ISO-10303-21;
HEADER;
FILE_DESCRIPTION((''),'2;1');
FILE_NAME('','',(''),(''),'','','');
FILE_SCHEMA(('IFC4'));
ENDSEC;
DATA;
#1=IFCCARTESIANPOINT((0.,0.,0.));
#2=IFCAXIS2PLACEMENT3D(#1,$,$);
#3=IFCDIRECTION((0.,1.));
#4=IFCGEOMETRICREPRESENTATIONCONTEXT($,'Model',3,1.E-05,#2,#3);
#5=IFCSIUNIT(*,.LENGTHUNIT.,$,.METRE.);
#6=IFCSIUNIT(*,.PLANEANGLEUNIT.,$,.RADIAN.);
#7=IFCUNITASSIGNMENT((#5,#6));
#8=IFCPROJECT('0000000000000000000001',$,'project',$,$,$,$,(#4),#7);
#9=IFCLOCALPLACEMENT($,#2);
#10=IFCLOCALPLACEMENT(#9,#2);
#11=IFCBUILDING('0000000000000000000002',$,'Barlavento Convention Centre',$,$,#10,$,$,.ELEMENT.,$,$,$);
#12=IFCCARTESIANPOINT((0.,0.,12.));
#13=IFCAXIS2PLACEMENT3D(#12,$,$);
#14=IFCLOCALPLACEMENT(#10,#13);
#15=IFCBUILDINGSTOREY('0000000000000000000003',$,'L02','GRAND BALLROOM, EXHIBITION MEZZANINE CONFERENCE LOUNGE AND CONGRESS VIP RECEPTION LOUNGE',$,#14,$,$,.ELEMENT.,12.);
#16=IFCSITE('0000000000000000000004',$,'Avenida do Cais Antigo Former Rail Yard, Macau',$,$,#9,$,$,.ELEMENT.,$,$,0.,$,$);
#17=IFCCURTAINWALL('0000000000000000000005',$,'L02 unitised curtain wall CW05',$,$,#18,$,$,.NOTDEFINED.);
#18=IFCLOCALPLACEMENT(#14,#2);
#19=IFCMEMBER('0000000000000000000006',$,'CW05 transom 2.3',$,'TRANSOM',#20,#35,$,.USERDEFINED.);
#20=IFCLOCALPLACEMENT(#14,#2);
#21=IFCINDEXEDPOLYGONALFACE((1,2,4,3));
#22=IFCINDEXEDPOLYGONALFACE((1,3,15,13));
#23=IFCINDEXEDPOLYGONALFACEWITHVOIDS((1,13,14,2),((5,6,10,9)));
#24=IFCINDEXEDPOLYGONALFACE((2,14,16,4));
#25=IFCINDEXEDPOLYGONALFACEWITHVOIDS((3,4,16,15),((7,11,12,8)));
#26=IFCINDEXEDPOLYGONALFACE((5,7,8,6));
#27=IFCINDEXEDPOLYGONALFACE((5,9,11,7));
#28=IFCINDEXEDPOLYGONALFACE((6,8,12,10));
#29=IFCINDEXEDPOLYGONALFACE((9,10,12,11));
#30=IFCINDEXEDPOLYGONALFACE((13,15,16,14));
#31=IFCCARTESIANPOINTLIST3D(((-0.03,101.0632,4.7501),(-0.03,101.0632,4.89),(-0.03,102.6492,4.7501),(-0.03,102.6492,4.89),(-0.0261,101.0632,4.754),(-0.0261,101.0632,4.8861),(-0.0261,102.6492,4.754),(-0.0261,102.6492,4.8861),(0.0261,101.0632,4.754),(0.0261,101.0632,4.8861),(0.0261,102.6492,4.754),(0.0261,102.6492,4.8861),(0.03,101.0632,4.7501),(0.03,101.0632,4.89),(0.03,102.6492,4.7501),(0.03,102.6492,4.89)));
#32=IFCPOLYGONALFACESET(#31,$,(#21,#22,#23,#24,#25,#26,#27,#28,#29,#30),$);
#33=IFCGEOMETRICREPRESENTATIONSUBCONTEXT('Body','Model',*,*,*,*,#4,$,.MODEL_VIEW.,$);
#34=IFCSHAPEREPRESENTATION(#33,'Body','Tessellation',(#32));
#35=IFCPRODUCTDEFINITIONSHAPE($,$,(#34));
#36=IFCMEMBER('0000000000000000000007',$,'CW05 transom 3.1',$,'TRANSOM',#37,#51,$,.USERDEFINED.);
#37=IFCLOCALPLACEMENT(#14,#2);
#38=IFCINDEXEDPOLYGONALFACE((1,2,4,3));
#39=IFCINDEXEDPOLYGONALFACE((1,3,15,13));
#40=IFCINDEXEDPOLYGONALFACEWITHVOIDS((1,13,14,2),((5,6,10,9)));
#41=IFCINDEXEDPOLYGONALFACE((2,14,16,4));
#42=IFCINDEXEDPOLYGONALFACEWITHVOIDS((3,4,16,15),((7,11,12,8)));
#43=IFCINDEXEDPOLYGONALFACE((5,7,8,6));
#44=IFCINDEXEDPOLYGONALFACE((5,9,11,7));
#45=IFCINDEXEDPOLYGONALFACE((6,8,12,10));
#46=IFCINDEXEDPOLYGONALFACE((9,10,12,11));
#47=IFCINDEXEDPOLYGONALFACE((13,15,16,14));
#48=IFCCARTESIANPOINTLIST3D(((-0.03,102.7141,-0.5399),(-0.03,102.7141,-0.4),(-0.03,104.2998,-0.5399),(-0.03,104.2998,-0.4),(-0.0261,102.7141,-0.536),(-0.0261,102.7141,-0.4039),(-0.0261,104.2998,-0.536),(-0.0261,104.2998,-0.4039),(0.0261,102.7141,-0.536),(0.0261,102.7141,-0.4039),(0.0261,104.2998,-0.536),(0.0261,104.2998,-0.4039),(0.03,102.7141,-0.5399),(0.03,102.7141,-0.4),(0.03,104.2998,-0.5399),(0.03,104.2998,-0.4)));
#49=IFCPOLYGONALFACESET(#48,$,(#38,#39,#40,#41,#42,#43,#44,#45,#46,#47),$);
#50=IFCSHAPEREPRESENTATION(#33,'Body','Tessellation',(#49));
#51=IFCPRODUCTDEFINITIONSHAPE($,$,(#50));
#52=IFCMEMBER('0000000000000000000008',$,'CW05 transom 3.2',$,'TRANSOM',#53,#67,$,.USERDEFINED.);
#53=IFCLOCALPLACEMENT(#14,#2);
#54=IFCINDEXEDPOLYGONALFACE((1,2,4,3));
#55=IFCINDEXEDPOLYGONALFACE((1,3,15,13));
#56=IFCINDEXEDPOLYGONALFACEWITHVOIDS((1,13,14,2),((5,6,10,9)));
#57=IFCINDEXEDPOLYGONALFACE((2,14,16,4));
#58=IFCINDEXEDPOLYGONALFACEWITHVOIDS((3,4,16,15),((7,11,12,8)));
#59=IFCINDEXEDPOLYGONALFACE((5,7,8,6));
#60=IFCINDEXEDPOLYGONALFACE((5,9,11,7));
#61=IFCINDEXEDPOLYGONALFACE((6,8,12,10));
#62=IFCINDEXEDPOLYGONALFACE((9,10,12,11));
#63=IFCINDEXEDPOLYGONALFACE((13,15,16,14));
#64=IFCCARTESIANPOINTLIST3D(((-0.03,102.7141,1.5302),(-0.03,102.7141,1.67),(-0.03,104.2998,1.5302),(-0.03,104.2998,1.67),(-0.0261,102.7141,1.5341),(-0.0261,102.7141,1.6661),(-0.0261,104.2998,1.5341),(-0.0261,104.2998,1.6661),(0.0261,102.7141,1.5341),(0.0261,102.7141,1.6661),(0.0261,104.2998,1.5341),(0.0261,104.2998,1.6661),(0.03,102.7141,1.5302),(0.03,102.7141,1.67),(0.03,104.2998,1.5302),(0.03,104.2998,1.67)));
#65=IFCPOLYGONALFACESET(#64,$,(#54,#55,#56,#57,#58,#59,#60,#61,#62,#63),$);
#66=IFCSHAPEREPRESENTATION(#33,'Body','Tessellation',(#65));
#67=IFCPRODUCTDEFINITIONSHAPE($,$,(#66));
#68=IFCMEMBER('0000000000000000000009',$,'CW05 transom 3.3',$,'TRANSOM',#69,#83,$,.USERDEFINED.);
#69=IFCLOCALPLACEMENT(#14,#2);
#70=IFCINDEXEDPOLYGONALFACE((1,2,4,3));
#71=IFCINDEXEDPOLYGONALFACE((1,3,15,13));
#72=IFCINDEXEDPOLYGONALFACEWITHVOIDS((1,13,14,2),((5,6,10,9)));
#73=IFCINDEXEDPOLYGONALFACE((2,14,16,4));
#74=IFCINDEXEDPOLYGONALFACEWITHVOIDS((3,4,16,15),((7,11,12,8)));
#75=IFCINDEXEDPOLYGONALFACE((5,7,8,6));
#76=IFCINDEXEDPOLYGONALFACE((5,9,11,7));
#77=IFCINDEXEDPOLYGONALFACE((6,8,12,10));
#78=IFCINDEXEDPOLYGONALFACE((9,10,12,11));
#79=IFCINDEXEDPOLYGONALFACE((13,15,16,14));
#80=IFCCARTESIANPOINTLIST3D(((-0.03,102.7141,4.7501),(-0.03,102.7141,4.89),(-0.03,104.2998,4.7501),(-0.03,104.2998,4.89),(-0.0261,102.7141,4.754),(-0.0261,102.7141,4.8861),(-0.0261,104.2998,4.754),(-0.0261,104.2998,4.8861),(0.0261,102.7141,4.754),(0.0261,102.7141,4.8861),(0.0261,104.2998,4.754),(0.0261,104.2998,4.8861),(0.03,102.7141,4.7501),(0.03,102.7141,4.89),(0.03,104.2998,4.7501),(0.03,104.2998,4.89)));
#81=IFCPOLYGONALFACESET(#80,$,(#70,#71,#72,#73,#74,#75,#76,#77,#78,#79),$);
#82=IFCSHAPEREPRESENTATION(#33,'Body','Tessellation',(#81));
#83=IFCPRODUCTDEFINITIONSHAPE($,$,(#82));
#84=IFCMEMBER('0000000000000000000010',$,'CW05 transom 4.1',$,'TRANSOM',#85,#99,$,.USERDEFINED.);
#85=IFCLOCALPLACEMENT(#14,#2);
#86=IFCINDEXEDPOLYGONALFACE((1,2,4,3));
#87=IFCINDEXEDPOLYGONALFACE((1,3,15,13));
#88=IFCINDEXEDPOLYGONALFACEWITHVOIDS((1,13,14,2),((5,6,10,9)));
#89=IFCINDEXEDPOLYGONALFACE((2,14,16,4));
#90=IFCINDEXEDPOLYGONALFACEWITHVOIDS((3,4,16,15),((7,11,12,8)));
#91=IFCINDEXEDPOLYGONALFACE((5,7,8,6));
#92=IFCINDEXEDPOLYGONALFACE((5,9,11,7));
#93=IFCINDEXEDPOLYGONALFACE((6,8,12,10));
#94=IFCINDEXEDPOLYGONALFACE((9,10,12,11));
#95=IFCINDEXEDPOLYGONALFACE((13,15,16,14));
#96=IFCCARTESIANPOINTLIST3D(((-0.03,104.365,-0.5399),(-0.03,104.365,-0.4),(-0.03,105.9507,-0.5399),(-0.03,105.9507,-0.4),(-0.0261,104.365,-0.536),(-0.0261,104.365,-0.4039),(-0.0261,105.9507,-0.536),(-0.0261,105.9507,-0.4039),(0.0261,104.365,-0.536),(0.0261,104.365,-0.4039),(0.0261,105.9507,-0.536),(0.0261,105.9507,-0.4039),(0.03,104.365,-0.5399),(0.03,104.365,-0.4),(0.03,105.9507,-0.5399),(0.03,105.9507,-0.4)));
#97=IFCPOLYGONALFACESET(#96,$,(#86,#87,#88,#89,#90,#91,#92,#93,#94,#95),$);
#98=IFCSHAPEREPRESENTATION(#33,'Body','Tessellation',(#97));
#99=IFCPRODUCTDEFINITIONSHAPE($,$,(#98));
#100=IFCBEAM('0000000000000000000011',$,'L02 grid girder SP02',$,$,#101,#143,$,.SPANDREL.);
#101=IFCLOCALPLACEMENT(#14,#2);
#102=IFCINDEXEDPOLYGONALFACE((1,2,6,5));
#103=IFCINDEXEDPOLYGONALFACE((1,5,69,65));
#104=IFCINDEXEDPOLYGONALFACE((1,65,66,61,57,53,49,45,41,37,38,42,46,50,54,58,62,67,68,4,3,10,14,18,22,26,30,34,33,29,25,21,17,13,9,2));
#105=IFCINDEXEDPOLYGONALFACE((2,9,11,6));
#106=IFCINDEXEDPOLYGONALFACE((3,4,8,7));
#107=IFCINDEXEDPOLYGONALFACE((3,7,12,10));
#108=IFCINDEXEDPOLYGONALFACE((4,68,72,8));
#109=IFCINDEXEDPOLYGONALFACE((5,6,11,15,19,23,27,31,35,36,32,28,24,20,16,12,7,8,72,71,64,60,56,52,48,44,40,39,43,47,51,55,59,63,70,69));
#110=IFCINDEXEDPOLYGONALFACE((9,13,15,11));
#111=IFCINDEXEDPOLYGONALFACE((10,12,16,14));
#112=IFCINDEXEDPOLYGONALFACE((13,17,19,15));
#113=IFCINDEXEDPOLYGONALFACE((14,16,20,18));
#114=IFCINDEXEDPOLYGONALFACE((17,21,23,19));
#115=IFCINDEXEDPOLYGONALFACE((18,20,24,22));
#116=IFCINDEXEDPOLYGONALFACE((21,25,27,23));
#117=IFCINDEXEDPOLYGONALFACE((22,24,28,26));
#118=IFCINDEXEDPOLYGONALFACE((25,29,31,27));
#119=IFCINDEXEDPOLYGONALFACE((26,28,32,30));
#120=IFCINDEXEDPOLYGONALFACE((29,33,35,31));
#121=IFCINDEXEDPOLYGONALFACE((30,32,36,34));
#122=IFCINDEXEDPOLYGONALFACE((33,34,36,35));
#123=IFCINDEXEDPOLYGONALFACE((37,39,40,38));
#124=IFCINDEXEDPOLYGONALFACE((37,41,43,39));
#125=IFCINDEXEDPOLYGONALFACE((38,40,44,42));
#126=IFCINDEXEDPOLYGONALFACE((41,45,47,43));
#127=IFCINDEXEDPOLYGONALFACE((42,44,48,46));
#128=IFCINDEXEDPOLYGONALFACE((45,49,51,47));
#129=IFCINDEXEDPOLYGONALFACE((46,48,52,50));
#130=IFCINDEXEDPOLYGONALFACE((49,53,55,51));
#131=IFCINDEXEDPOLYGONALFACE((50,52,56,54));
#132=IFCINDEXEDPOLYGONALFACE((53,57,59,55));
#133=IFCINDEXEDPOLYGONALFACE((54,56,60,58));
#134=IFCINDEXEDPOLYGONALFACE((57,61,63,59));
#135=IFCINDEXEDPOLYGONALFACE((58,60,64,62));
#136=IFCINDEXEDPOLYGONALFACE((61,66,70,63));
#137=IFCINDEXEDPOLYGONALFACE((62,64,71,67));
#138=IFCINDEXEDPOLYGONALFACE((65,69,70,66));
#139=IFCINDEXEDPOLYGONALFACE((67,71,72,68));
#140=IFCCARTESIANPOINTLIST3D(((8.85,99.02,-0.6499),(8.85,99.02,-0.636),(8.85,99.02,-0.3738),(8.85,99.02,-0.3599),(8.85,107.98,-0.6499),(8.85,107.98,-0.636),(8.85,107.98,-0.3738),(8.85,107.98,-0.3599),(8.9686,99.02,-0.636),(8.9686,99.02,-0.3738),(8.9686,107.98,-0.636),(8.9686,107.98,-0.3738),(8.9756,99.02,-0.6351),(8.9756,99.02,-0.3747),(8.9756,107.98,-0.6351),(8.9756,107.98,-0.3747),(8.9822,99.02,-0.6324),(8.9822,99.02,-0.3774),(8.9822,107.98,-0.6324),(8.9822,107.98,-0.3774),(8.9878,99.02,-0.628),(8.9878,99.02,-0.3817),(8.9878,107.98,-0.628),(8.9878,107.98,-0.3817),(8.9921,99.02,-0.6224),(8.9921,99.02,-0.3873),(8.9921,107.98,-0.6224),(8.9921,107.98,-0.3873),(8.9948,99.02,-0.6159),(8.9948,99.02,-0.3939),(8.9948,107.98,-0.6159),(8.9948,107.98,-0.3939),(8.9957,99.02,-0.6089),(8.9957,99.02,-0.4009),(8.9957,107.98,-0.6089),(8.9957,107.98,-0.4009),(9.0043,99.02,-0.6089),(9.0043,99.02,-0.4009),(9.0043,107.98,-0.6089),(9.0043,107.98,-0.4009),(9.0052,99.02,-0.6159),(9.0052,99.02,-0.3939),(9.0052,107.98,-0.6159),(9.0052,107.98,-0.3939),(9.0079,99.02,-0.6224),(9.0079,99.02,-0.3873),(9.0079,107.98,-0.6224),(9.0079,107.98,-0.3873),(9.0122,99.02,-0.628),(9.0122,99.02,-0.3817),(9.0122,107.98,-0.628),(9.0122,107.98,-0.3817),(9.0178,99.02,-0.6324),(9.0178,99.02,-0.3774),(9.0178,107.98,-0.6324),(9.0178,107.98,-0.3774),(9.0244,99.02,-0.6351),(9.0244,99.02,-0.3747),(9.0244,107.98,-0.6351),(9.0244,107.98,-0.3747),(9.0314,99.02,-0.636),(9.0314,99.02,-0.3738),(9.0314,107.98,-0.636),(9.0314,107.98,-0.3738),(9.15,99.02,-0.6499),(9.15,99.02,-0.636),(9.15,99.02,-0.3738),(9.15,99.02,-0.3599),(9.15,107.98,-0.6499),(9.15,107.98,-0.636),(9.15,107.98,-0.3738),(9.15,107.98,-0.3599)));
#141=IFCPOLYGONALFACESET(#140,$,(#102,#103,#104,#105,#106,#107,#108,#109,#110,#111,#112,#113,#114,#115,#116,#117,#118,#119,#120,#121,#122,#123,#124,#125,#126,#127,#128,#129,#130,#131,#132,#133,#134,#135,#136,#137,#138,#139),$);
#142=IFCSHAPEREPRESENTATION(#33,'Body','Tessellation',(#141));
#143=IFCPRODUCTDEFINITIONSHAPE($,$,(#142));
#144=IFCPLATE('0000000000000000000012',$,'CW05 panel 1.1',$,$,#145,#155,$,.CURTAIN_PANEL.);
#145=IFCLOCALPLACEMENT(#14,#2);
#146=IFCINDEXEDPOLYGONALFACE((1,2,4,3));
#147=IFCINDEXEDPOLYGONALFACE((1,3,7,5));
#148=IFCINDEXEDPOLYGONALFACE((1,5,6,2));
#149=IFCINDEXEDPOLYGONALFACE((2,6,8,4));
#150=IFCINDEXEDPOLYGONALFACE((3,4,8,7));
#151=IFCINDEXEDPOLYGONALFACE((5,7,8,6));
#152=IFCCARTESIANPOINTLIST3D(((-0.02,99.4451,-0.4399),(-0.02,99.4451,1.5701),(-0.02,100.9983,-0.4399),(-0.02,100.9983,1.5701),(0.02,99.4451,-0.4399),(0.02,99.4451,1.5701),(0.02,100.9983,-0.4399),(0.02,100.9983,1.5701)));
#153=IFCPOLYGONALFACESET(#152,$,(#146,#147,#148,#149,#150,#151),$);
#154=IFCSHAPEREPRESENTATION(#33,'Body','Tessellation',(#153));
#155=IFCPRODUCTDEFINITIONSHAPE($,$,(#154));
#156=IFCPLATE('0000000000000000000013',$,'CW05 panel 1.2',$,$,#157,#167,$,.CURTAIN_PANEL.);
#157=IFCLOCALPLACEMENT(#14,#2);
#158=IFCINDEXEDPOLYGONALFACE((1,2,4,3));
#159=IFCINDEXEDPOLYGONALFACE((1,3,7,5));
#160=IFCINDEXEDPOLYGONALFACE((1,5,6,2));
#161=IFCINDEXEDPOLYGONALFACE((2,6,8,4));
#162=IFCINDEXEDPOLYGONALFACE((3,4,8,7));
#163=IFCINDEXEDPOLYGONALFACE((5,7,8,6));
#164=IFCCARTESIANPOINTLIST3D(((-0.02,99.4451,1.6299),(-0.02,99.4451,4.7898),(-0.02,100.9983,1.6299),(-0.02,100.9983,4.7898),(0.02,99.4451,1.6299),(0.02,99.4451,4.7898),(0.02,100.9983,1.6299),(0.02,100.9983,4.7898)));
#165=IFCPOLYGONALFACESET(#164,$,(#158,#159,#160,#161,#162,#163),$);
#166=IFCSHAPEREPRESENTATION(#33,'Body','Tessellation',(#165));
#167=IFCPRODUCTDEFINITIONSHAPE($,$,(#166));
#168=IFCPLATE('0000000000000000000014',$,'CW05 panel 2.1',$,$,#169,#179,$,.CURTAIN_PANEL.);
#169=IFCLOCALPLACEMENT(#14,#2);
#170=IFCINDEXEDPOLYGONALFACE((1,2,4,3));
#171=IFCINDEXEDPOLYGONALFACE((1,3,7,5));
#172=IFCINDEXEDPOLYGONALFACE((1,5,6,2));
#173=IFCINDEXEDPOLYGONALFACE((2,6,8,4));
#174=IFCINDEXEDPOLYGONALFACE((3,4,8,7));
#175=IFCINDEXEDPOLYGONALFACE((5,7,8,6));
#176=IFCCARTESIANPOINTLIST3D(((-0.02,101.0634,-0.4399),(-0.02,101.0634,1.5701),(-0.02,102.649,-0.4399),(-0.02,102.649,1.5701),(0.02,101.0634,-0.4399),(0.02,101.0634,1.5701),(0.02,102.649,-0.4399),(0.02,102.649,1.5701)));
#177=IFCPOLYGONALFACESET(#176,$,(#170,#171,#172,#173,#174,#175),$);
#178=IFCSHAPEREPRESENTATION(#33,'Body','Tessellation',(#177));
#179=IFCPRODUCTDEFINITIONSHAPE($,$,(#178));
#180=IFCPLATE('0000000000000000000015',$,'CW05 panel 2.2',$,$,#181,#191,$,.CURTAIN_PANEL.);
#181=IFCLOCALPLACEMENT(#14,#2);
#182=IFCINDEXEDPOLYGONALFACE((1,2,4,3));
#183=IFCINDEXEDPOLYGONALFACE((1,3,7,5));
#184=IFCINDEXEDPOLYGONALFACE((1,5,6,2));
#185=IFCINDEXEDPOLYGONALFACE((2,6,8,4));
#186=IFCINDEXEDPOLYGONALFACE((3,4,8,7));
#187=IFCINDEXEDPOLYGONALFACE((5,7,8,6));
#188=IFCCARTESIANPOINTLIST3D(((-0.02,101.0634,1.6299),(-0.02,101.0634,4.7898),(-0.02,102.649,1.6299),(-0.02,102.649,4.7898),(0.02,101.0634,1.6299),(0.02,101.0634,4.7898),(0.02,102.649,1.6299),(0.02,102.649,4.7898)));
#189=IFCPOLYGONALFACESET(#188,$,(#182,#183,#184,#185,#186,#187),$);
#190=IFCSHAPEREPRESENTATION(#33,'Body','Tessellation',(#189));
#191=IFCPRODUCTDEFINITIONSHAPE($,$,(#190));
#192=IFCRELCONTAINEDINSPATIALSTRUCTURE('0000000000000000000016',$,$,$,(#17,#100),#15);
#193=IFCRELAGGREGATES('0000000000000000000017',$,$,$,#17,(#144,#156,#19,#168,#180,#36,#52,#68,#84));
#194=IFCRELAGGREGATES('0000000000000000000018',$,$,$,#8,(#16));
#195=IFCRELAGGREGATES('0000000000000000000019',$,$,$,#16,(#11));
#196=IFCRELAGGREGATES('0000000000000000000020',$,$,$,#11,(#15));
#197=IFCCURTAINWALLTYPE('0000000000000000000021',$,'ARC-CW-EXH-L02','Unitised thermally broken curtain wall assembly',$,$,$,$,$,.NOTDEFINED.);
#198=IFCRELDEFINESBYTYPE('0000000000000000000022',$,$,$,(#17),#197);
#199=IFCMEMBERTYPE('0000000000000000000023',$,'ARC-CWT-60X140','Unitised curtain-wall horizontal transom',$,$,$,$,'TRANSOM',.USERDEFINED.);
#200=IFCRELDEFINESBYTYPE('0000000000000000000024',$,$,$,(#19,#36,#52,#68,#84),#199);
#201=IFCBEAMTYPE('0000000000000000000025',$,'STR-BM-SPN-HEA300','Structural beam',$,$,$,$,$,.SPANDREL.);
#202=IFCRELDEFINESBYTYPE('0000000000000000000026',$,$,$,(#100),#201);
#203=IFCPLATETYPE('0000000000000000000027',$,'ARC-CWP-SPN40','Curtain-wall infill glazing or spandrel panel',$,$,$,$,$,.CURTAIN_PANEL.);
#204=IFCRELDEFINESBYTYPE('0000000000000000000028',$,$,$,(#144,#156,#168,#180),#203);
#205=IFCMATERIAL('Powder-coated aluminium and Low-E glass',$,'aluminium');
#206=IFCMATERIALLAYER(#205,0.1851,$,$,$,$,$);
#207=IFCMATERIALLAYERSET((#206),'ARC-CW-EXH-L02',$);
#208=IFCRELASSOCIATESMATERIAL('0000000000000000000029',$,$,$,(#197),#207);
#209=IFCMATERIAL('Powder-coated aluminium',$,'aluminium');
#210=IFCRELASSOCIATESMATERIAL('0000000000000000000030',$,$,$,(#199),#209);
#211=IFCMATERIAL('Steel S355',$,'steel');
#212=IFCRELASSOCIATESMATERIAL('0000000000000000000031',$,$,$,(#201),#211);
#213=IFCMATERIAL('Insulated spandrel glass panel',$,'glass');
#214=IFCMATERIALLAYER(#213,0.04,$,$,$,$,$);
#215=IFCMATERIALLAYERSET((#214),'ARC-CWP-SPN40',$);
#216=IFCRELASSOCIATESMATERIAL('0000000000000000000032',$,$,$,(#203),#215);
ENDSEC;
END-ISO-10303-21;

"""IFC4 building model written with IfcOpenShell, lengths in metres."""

from ifc_helpers import new_model, si_unit, direction, frame, origin, origin_2d, place, context, subcontext, project, spatial, rectangle, hollow_rectangle, i_section, extrude, material, layer, layer_set, material_profile, profile_set, type_object, element, aggregate, save


model = new_model("IFC4")

# Units and contexts
model_context = context("Model", 3, precision=1e-05, world=origin(), true_north=direction((0.0, 1.0)))
body_context = subcontext(model_context, "Body", "Model", "MODEL_VIEW")
ifc_project = project(units=[si_unit("LENGTHUNIT", "METRE"), si_unit("PLANEANGLEUNIT", "RADIAN")], contexts=[model_context])

# Site, building, storey
site_placement = place(None, origin())
site = spatial("IfcSite", under=ifc_project, at=site_placement, Name="Avenida do Cais Antigo Former Rail Yard, Macau", CompositionType="ELEMENT", RefElevation=0.0)
building_placement = place(site_placement, origin())
building = spatial("IfcBuilding", under=site, at=building_placement, Name="Barlavento Convention Centre", CompositionType="ELEMENT")
storey_placement = place(building_placement, frame((0.0, 0.0, 12.0)))
storey = spatial("IfcBuildingStorey", under=building, at=storey_placement, Name="L02", Description="GRAND BALLROOM, EXHIBITION MEZZANINE CONFERENCE LOUNGE AND CONGRESS VIP RECEPTION LOUNGE", CompositionType="ELEMENT", Elevation=12.0)

# Shared definitions
ifc_material_1 = material(Name="Steel S355", Category="steel")

# Curtain wall, members
ifc_material_2 = material(Name="Powder-coated aluminium and Low-E glass", Category="aluminium")
ifc_layer_1 = layer(ifc_material_2, 0.1851)
ifc_layer_set_1 = layer_set([ifc_layer_1], Name="ARC-CW-EXH-L02")
curtain_wall_type = type_object("IfcCurtainWallType", Name="ARC-CW-EXH-L02", Description="Unitised thermally broken curtain wall assembly", PredefinedType="NOTDEFINED", material=ifc_layer_set_1)
curtain_wall_placement = place(storey_placement, origin())
curtain_wall = element("IfcCurtainWall", 1, at=curtain_wall_placement, inside=storey, type_object=curtain_wall_type, Name="L02 unitised curtain wall CW05", PredefinedType="NOTDEFINED")
ifc_material_3 = material(Name="Powder-coated aluminium", Category="aluminium")
ifc_material_profile_1 = material_profile(ifc_material_3, hollow_rectangle(XDim=0.0601, YDim=0.1399, WallThickness=0.0039, at=origin_2d()), Name="AL-TRAN 60x140x4")
ifc_profile_set_1 = profile_set([ifc_material_profile_1], Name="Powder-coated aluminium")
member_type_1 = type_object("IfcMemberType", Name="ARC-CWT-60X140", Description="Unitised curtain-wall horizontal transom", ElementType="TRANSOM", PredefinedType="USERDEFINED", material=ifc_profile_set_1)
member_1_placement = place(storey_placement, frame((0.0, 101.0632, 4.8201), z_axis=(0.0, 1.0, 0.0), x_axis=(-1.0, 0.0, 0.0)))
member_1 = element("IfcMember", 2, at=member_1_placement, type_object=member_type_1, Name="CW05 transom 2.3", ObjectType="TRANSOM", PredefinedType="USERDEFINED", context=body_context, shape_type="SweptSolid", body=[
    extrude(hollow_rectangle(XDim=0.0601, YDim=0.1399, WallThickness=0.0039, at=origin_2d()), origin(), (0.0, 0.0, 1.0), 1.5859),
])
member_2_placement = place(storey_placement, frame((0.0, 102.7141, -0.47), z_axis=(0.0, 1.0, 0.0), x_axis=(-1.0, 0.0, 0.0)))
member_2 = element("IfcMember", 3, at=member_2_placement, type_object=member_type_1, Name="CW05 transom 3.1", ObjectType="TRANSOM", PredefinedType="USERDEFINED", context=body_context, shape_type="SweptSolid", body=[
    extrude(hollow_rectangle(XDim=0.0601, YDim=0.1399, WallThickness=0.0039, at=origin_2d()), origin(), (0.0, 0.0, 1.0), 1.5857),
])
member_3_placement = place(storey_placement, frame((0.0, 102.7141, 1.6001), z_axis=(0.0, 1.0, 0.0), x_axis=(-1.0, 0.0, 0.0)))
member_3 = element("IfcMember", 4, at=member_3_placement, type_object=member_type_1, Name="CW05 transom 3.2", ObjectType="TRANSOM", PredefinedType="USERDEFINED", context=body_context, shape_type="SweptSolid", body=[
    extrude(hollow_rectangle(XDim=0.0601, YDim=0.1399, WallThickness=0.0039, at=origin_2d()), origin(), (0.0, 0.0, 1.0), 1.5857),
])
member_4_placement = place(storey_placement, frame((0.0, 102.7141, 4.8201), z_axis=(0.0, 1.0, 0.0), x_axis=(-1.0, 0.0, 0.0)))
member_4 = element("IfcMember", 5, at=member_4_placement, type_object=member_type_1, Name="CW05 transom 3.3", ObjectType="TRANSOM", PredefinedType="USERDEFINED", context=body_context, shape_type="SweptSolid", body=[
    extrude(hollow_rectangle(XDim=0.0601, YDim=0.1399, WallThickness=0.0039, at=origin_2d()), origin(), (0.0, 0.0, 1.0), 1.5857),
])
member_5_placement = place(storey_placement, frame((0.0, 104.365, -0.47), z_axis=(0.0, 1.0, 0.0), x_axis=(-1.0, 0.0, 0.0)))
member_5 = element("IfcMember", 6, at=member_5_placement, type_object=member_type_1, Name="CW05 transom 4.1", ObjectType="TRANSOM", PredefinedType="USERDEFINED", context=body_context, shape_type="SweptSolid", body=[
    extrude(hollow_rectangle(XDim=0.0601, YDim=0.1399, WallThickness=0.0039, at=origin_2d()), origin(), (0.0, 0.0, 1.0), 1.5857),
])

# Beam
ifc_material_profile_2 = material_profile(ifc_material_1, i_section(OverallWidth=0.3, OverallDepth=0.29, WebThickness=0.0085, FlangeThickness=0.0139, FilletRadius=0.0271, at=origin_2d()), Name="HEA 300")
ifc_profile_set_2 = profile_set([ifc_material_profile_2], Name="Steel S355")
beam_type = type_object("IfcBeamType", Name="STR-BM-SPN-HEA300", Description="Structural beam", PredefinedType="SPANDREL", material=ifc_profile_set_2)
beam_placement = place(storey_placement, frame((9.0, 99.02, -0.5049), z_axis=(0.0, 1.0, 0.0), x_axis=(-1.0, 0.0, 0.0)))
element("IfcBeam", 7, at=beam_placement, inside=storey, type_object=beam_type, Name="L02 grid girder SP02", PredefinedType="SPANDREL", context=body_context, shape_type="SweptSolid", body=[
    extrude(i_section(OverallWidth=0.3, OverallDepth=0.29, WebThickness=0.0085, FlangeThickness=0.0139, FilletRadius=0.0271, at=origin_2d()), origin(), (0.0, 0.0, 1.0), 8.96),
])

# Plates
ifc_material_4 = material(Name="Insulated spandrel glass panel", Category="glass")
ifc_layer_2 = layer(ifc_material_4, 0.04)
ifc_layer_set_2 = layer_set([ifc_layer_2], Name="ARC-CWP-SPN40")
plate_type = type_object("IfcPlateType", Name="ARC-CWP-SPN40", Description="Curtain-wall infill glazing or spandrel panel", PredefinedType="CURTAIN_PANEL", material=ifc_layer_set_2)
plate_1_placement = place(storey_placement, frame((0.0, 100.2217, -0.4399), z_axis=(0.0, 0.0, 1.0), x_axis=(0.0, 1.0, 0.0)))
plate_1 = element("IfcPlate", 8, at=plate_1_placement, type_object=plate_type, Name="CW05 panel 1.1", PredefinedType="CURTAIN_PANEL", context=body_context, shape_type="SweptSolid", body=[
    extrude(rectangle(XDim=1.5532, YDim=0.04, at=origin_2d()), origin(), (0.0, 0.0, 1.0), 2.01),
])
plate_2_placement = place(storey_placement, frame((0.0, 100.2217, 1.6299), z_axis=(0.0, 0.0, 1.0), x_axis=(0.0, 1.0, 0.0)))
plate_2 = element("IfcPlate", 9, at=plate_2_placement, type_object=plate_type, Name="CW05 panel 1.2", PredefinedType="CURTAIN_PANEL", context=body_context, shape_type="SweptSolid", body=[
    extrude(rectangle(XDim=1.5532, YDim=0.04, at=origin_2d()), origin(), (0.0, 0.0, 1.0), 3.1599),
])
plate_3_placement = place(storey_placement, frame((0.0, 101.8562, -0.4399), z_axis=(0.0, 0.0, 1.0), x_axis=(0.0, 1.0, 0.0)))
plate_3 = element("IfcPlate", 10, at=plate_3_placement, type_object=plate_type, Name="CW05 panel 2.1", PredefinedType="CURTAIN_PANEL", context=body_context, shape_type="SweptSolid", body=[
    extrude(rectangle(XDim=1.5857, YDim=0.04, at=origin_2d()), origin(), (0.0, 0.0, 1.0), 2.01),
])
plate_4_placement = place(storey_placement, frame((0.0, 101.8562, 1.6299), z_axis=(0.0, 0.0, 1.0), x_axis=(0.0, 1.0, 0.0)))
plate_4 = element("IfcPlate", 11, at=plate_4_placement, type_object=plate_type, Name="CW05 panel 2.2", PredefinedType="CURTAIN_PANEL", context=body_context, shape_type="SweptSolid", body=[
    extrude(rectangle(XDim=1.5857, YDim=0.04, at=origin_2d()), origin(), (0.0, 0.0, 1.0), 3.1599),
])
aggregate(curtain_wall, [plate_1, plate_2, member_1, plate_3, plate_4, member_2, member_3, member_4, member_5])

save(model, "model.ifc")
